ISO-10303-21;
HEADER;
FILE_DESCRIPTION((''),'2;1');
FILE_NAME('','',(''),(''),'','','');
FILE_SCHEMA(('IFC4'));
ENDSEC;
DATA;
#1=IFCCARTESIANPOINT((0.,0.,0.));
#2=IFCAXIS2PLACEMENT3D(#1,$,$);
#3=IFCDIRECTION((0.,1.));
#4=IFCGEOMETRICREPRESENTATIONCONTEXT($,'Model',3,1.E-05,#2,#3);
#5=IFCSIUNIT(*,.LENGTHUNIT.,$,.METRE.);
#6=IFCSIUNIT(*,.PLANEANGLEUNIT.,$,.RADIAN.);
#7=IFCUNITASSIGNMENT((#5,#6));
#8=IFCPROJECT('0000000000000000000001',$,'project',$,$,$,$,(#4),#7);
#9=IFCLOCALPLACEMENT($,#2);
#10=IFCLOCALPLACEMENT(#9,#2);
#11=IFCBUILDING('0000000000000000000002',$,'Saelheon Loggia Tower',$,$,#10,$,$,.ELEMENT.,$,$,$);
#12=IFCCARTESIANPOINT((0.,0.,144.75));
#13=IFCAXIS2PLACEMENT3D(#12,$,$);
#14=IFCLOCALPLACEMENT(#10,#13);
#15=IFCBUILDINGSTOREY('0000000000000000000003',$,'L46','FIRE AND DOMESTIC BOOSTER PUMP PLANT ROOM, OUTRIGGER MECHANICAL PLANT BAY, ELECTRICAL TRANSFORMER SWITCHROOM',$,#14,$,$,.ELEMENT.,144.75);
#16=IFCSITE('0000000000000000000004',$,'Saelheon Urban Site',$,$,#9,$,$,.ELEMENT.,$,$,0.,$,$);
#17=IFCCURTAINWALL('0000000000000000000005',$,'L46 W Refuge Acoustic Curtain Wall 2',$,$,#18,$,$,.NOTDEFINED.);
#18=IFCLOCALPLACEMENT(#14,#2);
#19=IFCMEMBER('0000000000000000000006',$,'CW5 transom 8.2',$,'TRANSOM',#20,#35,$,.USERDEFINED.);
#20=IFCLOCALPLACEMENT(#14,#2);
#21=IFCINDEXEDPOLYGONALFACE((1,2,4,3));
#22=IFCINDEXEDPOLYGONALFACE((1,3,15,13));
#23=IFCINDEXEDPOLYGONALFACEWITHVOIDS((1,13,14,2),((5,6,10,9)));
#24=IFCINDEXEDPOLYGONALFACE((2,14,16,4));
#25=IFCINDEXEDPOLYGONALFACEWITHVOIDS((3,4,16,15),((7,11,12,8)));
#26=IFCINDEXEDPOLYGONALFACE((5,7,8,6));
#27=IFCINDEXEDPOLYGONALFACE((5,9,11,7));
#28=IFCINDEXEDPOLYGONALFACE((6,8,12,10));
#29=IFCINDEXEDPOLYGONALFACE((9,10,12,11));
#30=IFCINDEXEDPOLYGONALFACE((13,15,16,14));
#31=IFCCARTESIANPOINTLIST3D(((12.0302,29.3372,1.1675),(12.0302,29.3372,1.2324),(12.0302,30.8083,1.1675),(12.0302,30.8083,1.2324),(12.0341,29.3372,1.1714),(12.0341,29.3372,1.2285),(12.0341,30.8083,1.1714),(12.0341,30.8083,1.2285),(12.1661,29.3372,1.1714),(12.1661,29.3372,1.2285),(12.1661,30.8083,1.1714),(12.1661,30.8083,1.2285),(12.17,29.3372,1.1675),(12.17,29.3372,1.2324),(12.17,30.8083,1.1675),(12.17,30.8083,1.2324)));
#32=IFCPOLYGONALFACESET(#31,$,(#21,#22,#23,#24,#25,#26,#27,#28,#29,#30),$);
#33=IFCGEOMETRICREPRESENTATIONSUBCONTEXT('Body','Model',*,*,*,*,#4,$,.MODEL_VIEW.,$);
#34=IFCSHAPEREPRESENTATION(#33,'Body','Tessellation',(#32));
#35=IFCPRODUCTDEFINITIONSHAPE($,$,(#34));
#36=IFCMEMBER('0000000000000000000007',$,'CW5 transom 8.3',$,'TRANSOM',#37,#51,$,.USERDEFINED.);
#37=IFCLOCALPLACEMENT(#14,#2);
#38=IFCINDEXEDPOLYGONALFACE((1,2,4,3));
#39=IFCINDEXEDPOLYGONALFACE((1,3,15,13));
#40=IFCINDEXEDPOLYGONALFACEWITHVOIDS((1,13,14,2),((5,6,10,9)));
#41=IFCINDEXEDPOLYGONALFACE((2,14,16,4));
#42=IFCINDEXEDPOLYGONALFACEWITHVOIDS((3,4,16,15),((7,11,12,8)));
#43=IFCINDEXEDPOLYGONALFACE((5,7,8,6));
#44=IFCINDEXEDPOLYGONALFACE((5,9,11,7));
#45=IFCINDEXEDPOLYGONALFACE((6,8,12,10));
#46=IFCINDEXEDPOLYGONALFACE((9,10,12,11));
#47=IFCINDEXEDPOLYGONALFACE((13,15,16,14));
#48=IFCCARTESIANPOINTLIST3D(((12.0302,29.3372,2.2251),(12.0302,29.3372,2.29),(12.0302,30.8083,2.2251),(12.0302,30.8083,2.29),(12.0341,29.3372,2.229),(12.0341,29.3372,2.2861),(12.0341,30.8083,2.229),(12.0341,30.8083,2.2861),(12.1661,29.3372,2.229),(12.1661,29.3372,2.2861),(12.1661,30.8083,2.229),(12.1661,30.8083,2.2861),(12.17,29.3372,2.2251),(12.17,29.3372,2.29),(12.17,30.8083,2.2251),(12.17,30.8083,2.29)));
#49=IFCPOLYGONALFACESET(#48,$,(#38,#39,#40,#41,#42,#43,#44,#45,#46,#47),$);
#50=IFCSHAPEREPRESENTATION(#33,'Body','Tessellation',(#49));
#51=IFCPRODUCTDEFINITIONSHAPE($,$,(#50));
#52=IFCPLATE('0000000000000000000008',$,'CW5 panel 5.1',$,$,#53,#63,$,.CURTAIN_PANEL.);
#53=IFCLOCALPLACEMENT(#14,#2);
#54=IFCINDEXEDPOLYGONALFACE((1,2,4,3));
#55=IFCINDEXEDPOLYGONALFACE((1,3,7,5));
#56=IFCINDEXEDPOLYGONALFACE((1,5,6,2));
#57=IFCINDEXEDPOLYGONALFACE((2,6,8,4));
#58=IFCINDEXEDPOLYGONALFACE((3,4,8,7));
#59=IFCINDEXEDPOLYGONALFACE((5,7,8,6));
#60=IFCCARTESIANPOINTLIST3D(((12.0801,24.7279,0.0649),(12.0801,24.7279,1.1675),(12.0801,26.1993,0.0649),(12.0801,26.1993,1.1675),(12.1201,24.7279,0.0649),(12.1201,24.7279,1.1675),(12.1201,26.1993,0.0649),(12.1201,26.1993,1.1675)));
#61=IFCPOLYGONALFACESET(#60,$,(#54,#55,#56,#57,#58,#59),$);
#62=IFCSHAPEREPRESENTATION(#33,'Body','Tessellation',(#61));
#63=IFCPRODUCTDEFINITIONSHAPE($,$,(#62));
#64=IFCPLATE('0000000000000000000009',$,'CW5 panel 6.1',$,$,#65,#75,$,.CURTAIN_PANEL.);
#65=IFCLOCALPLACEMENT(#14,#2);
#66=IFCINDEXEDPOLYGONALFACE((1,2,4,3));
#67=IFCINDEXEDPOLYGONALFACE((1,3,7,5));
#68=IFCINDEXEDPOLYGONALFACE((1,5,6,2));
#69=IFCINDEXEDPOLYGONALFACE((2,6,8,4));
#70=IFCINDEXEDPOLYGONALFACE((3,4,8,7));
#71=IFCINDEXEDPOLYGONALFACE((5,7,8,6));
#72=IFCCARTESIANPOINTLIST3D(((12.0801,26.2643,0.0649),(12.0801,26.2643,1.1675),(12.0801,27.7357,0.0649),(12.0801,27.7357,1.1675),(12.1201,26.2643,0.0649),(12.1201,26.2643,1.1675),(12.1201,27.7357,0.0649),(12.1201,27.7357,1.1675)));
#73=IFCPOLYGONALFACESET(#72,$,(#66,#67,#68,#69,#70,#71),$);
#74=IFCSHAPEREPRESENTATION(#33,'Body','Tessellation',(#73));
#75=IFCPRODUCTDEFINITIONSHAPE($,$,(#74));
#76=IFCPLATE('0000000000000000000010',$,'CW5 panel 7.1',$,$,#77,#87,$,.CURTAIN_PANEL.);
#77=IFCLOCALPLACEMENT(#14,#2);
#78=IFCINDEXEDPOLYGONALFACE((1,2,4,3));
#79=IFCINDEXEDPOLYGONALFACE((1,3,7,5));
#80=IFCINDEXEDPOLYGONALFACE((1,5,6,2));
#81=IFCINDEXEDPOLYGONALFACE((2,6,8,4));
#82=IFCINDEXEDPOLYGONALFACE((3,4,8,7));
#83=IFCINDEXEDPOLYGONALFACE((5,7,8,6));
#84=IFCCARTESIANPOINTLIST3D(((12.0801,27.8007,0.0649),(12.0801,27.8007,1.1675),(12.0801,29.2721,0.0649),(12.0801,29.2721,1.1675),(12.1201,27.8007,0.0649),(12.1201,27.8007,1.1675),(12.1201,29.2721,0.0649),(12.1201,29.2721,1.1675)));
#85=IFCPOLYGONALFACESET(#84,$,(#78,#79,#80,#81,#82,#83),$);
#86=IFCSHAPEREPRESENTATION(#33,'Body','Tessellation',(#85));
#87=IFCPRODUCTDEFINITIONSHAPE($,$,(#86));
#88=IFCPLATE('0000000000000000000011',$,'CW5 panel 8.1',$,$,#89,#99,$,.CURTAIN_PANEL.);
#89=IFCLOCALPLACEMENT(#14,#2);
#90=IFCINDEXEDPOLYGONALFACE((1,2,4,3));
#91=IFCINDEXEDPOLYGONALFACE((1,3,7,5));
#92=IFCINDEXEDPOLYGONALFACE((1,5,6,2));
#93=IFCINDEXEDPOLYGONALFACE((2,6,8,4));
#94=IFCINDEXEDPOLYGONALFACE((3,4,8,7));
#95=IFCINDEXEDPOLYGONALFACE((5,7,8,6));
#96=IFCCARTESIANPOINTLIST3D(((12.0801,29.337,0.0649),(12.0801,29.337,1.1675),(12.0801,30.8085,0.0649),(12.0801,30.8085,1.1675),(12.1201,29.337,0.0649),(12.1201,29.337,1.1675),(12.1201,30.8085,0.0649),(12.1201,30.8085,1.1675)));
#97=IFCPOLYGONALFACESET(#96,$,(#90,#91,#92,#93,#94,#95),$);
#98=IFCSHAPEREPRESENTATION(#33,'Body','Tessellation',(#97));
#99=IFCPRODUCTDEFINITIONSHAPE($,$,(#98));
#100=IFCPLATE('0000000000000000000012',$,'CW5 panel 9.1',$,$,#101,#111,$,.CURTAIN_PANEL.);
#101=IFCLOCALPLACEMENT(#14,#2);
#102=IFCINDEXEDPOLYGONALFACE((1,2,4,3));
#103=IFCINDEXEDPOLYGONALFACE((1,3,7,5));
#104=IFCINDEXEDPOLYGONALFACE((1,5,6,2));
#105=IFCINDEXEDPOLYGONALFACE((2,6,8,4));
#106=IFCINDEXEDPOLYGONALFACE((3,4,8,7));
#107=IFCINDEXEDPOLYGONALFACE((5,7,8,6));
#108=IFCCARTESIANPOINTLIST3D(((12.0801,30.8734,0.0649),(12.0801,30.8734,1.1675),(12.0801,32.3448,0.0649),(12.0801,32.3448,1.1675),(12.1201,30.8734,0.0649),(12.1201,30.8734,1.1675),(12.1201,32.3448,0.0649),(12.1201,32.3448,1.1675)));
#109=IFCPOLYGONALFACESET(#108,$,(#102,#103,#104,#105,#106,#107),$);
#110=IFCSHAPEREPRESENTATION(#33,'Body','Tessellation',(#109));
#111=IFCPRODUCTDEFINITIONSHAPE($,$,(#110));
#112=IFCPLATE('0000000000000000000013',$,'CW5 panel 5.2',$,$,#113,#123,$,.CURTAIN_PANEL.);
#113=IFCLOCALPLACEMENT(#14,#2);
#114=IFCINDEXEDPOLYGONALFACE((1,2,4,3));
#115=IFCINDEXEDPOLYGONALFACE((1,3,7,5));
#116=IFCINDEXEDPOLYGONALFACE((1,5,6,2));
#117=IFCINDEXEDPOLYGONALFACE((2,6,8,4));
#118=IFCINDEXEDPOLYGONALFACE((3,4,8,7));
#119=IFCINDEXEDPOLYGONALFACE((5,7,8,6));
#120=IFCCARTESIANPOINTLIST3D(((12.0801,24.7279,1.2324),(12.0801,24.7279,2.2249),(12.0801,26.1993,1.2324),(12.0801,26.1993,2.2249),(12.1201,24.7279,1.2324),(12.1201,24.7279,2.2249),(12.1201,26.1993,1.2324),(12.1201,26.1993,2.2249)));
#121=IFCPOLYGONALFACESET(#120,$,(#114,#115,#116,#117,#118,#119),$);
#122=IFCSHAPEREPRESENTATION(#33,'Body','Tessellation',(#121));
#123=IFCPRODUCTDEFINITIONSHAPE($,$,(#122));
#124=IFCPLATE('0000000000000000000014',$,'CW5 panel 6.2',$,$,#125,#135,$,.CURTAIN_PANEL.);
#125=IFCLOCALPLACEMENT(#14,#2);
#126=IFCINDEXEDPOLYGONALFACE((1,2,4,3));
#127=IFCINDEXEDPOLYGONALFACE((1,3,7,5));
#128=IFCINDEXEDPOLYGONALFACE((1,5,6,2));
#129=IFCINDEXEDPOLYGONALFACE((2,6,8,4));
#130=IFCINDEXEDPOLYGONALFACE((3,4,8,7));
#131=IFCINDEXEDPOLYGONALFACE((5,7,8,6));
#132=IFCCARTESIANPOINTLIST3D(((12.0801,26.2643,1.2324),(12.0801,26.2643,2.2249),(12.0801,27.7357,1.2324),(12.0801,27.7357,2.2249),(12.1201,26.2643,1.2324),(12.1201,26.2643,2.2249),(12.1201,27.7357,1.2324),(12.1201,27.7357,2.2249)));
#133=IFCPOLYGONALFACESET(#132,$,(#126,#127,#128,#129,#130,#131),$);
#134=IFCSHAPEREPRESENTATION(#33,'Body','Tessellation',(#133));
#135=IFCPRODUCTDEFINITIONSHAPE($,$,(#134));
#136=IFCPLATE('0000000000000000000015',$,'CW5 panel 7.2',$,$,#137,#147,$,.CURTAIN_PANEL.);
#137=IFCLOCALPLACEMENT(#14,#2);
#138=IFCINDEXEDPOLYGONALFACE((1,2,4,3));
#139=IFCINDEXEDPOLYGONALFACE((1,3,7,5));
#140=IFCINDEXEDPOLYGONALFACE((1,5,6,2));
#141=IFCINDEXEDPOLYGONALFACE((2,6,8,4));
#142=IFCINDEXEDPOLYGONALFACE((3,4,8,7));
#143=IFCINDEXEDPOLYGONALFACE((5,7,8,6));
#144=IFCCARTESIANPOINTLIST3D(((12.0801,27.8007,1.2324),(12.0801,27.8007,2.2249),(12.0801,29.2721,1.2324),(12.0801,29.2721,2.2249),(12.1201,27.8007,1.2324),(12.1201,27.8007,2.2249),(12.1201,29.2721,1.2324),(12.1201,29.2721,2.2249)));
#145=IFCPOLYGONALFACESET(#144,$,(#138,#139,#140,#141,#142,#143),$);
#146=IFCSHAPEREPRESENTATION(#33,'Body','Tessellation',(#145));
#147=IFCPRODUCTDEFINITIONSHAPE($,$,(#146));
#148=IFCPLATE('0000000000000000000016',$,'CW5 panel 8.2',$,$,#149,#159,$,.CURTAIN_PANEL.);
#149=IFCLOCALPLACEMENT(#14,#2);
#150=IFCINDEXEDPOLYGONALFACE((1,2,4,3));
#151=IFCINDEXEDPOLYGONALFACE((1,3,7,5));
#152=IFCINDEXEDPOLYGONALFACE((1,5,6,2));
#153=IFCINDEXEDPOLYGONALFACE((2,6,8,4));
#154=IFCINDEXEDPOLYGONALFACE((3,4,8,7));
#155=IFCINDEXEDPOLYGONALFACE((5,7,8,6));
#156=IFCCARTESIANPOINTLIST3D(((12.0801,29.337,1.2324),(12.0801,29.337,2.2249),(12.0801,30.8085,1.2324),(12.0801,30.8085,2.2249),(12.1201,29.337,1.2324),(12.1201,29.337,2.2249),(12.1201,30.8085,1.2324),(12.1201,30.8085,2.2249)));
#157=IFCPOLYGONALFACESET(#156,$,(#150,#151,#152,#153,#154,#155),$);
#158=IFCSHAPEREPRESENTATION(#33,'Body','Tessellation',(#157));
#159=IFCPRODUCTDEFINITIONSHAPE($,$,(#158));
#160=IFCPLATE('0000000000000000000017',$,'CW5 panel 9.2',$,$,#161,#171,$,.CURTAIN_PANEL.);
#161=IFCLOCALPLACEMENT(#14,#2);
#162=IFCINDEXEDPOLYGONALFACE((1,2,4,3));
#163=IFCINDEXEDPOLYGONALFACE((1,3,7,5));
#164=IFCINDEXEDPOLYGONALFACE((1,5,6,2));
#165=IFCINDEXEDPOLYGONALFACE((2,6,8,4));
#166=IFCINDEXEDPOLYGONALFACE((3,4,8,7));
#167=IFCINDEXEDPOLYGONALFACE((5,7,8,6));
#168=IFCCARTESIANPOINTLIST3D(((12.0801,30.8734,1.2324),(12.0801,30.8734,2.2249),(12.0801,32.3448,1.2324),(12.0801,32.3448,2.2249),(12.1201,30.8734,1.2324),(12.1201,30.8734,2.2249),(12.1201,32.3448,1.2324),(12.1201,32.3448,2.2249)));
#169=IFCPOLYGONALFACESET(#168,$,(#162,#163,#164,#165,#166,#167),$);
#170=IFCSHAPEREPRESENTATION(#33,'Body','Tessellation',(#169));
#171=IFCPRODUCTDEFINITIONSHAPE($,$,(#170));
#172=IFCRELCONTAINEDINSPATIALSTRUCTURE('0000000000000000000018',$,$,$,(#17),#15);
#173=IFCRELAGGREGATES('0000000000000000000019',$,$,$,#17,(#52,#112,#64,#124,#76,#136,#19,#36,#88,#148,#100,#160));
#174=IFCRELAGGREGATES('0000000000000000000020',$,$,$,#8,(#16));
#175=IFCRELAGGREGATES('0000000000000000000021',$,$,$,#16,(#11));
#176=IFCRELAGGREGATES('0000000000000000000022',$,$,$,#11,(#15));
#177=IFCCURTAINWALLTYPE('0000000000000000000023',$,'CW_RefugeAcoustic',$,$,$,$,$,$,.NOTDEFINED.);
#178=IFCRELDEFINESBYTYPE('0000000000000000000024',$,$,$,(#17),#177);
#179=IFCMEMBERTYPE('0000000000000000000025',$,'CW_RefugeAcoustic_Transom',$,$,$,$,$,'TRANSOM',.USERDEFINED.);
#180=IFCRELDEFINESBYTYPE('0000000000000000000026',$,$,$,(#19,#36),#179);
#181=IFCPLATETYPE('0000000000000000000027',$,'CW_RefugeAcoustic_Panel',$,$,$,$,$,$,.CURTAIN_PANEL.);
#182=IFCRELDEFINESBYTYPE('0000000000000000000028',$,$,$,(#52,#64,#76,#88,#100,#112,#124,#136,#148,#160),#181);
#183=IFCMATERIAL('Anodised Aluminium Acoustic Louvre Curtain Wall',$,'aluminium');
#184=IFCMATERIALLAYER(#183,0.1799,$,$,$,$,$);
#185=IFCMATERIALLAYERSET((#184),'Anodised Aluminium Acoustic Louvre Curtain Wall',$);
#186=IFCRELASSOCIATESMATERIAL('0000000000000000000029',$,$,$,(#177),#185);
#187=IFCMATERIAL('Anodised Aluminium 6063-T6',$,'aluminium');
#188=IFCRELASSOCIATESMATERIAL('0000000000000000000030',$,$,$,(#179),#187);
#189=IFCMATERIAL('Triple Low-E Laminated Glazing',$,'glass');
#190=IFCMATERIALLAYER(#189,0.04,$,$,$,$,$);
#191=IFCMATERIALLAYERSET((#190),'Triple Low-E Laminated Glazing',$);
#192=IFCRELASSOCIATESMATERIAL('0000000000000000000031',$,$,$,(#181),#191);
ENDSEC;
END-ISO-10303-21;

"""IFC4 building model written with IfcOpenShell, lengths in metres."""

from ifc_helpers import new_model, si_unit, direction, frame, origin, origin_2d, place, context, subcontext, project, spatial, rectangle, hollow_rectangle, extrude, source, transform, mapped, material, layer, layer_set, material_profile, profile_set, type_object, element, aggregate, save


model = new_model("IFC4")

# Units and contexts
model_context = context("Model", 3, precision=1e-05, world=origin(), true_north=direction((0.0, 1.0)))
body_context = subcontext(model_context, "Body", "Model", "MODEL_VIEW")
ifc_project = project(units=[si_unit("LENGTHUNIT", "METRE"), si_unit("PLANEANGLEUNIT", "RADIAN")], contexts=[model_context])

# Site, building, storey
site_placement = place(None, origin())
site = spatial("IfcSite", under=ifc_project, at=site_placement, Name="Saelheon Urban Site", CompositionType="ELEMENT", RefElevation=0.0)
building_placement = place(site_placement, origin())
building = spatial("IfcBuilding", under=site, at=building_placement, Name="Saelheon Loggia Tower", CompositionType="ELEMENT")
storey_placement = place(building_placement, frame((0.0, 0.0, 144.75)))
storey = spatial("IfcBuildingStorey", under=building, at=storey_placement, Name="L46", Description="FIRE AND DOMESTIC BOOSTER PUMP PLANT ROOM, OUTRIGGER MECHANICAL PLANT BAY, ELECTRICAL TRANSFORMER SWITCHROOM", CompositionType="ELEMENT", Elevation=144.75)

# Curtain wall, members, plates
ifc_material_1 = material(Name="Anodised Aluminium Acoustic Louvre Curtain Wall", Category="aluminium")
ifc_layer_1 = layer(ifc_material_1, 0.1799)
ifc_layer_set_1 = layer_set([ifc_layer_1], Name="Anodised Aluminium Acoustic Louvre Curtain Wall")
curtain_wall_type = type_object("IfcCurtainWallType", Name="CW_RefugeAcoustic", PredefinedType="NOTDEFINED", material=ifc_layer_set_1)
curtain_wall_placement = place(storey_placement, origin())
curtain_wall = element("IfcCurtainWall", 1, at=curtain_wall_placement, inside=storey, type_object=curtain_wall_type, Name="L46 W Refuge Acoustic Curtain Wall 2", PredefinedType="NOTDEFINED")
ifc_material_2 = material(Name="Anodised Aluminium 6063-T6", Category="aluminium")
ifc_material_profile_1 = material_profile(ifc_material_2, hollow_rectangle(XDim=0.0649, YDim=0.1399, WallThickness=0.0039, at=origin_2d()), Name="RHS-140x65x4")
ifc_profile_set_1 = profile_set([ifc_material_profile_1], Name="Anodised Aluminium 6063-T6")
member_type_1 = type_object("IfcMemberType", Name="CW_RefugeAcoustic_Transom", ElementType="TRANSOM", PredefinedType="USERDEFINED", material=ifc_profile_set_1)
shared_shape_1 = source(origin(), body_context, "Body", "SweptSolid", [
    extrude(hollow_rectangle(XDim=0.0649, YDim=0.1399, WallThickness=0.0039, at=origin_2d()), origin(), (0.0, 0.0, 1.0), 1.4712),
])
member_1_placement = place(storey_placement, frame((12.1001, 29.3372, 1.2), z_axis=(0.0, 1.0, 0.0), x_axis=(0.0, 0.0, 1.0)))
member_1 = element("IfcMember", 2, at=member_1_placement, type_object=member_type_1, Name="CW5 transom 8.2", ObjectType="TRANSOM", PredefinedType="USERDEFINED", context=body_context, shape_type="MappedRepresentation", body=[
    mapped(shared_shape_1, transform((0.0, 0.0, 0.0), scale=1.0)),
])
member_2_placement = place(storey_placement, frame((12.1001, 29.3372, 2.2576), z_axis=(0.0, 1.0, 0.0), x_axis=(0.0, 0.0, 1.0)))
member_2 = element("IfcMember", 3, at=member_2_placement, type_object=member_type_1, Name="CW5 transom 8.3", ObjectType="TRANSOM", PredefinedType="USERDEFINED", context=body_context, shape_type="MappedRepresentation", body=[
    mapped(shared_shape_1, transform((0.0, 0.0, 0.0), scale=1.0)),
])
ifc_material_3 = material(Name="Triple Low-E Laminated Glazing", Category="glass")
ifc_layer_2 = layer(ifc_material_3, 0.04)
ifc_layer_set_2 = layer_set([ifc_layer_2], Name="Triple Low-E Laminated Glazing")
plate_type = type_object("IfcPlateType", Name="CW_RefugeAcoustic_Panel", PredefinedType="CURTAIN_PANEL", material=ifc_layer_set_2)
shared_shape_2 = source(origin(), body_context, "Body", "SweptSolid", [
    extrude(rectangle(XDim=1.4714, YDim=0.04, at=origin_2d()), origin(), (0.0, 0.0, 1.0), 1.1025),
])
plate_1_placement = place(storey_placement, frame((12.1001, 25.4636, 0.0649), z_axis=(0.0, 0.0, 1.0), x_axis=(0.0, 1.0, 0.0)))
plate_1 = element("IfcPlate", 4, at=plate_1_placement, type_object=plate_type, Name="CW5 panel 5.1", PredefinedType="CURTAIN_PANEL", context=body_context, shape_type="MappedRepresentation", body=[
    mapped(shared_shape_2, transform((0.0, 0.0, 0.0), scale=1.0)),
])
plate_2_placement = place(storey_placement, frame((12.1001, 27.0, 0.0649), z_axis=(0.0, 0.0, 1.0), x_axis=(0.0, 1.0, 0.0)))
plate_2 = element("IfcPlate", 5, at=plate_2_placement, type_object=plate_type, Name="CW5 panel 6.1", PredefinedType="CURTAIN_PANEL", context=body_context, shape_type="MappedRepresentation", body=[
    mapped(shared_shape_2, transform((0.0, 0.0, 0.0), scale=1.0)),
])
plate_3_placement = place(storey_placement, frame((12.1001, 28.5364, 0.0649), z_axis=(0.0, 0.0, 1.0), x_axis=(0.0, 1.0, 0.0)))
plate_3 = element("IfcPlate", 6, at=plate_3_placement, type_object=plate_type, Name="CW5 panel 7.1", PredefinedType="CURTAIN_PANEL", context=body_context, shape_type="MappedRepresentation", body=[
    mapped(shared_shape_2, transform((0.0, 0.0, 0.0), scale=1.0)),
])
plate_4_placement = place(storey_placement, frame((12.1001, 30.0728, 0.0649), z_axis=(0.0, 0.0, 1.0), x_axis=(0.0, 1.0, 0.0)))
plate_4 = element("IfcPlate", 7, at=plate_4_placement, type_object=plate_type, Name="CW5 panel 8.1", PredefinedType="CURTAIN_PANEL", context=body_context, shape_type="MappedRepresentation", body=[
    mapped(shared_shape_2, transform((0.0, 0.0, 0.0), scale=1.0)),
])
plate_5_placement = place(storey_placement, frame((12.1001, 31.6091, 0.0649), z_axis=(0.0, 0.0, 1.0), x_axis=(0.0, 1.0, 0.0)))
plate_5 = element("IfcPlate", 8, at=plate_5_placement, type_object=plate_type, Name="CW5 panel 9.1", PredefinedType="CURTAIN_PANEL", context=body_context, shape_type="MappedRepresentation", body=[
    mapped(shared_shape_2, transform((0.0, 0.0, 0.0), scale=1.0)),
])
shared_shape_3 = source(origin(), body_context, "Body", "SweptSolid", [
    extrude(rectangle(XDim=1.4714, YDim=0.04, at=origin_2d()), origin(), (0.0, 0.0, 1.0), 0.9924),
])
plate_6_placement = place(storey_placement, frame((12.1001, 25.4636, 1.2324), z_axis=(0.0, 0.0, 1.0), x_axis=(0.0, 1.0, 0.0)))
plate_6 = element("IfcPlate", 9, at=plate_6_placement, type_object=plate_type, Name="CW5 panel 5.2", PredefinedType="CURTAIN_PANEL", context=body_context, shape_type="MappedRepresentation", body=[
    mapped(shared_shape_3, transform((0.0, 0.0, 0.0), scale=1.0)),
])
plate_7_placement = place(storey_placement, frame((12.1001, 27.0, 1.2324), z_axis=(0.0, 0.0, 1.0), x_axis=(0.0, 1.0, 0.0)))
plate_7 = element("IfcPlate", 10, at=plate_7_placement, type_object=plate_type, Name="CW5 panel 6.2", PredefinedType="CURTAIN_PANEL", context=body_context, shape_type="MappedRepresentation", body=[
    mapped(shared_shape_3, transform((0.0, 0.0, 0.0), scale=1.0)),
])
plate_8_placement = place(storey_placement, frame((12.1001, 28.5364, 1.2324), z_axis=(0.0, 0.0, 1.0), x_axis=(0.0, 1.0, 0.0)))
plate_8 = element("IfcPlate", 11, at=plate_8_placement, type_object=plate_type, Name="CW5 panel 7.2", PredefinedType="CURTAIN_PANEL", context=body_context, shape_type="MappedRepresentation", body=[
    mapped(shared_shape_3, transform((0.0, 0.0, 0.0), scale=1.0)),
])
plate_9_placement = place(storey_placement, frame((12.1001, 30.0728, 1.2324), z_axis=(0.0, 0.0, 1.0), x_axis=(0.0, 1.0, 0.0)))
plate_9 = element("IfcPlate", 12, at=plate_9_placement, type_object=plate_type, Name="CW5 panel 8.2", PredefinedType="CURTAIN_PANEL", context=body_context, shape_type="MappedRepresentation", body=[
    mapped(shared_shape_3, transform((0.0, 0.0, 0.0), scale=1.0)),
])
plate_10_placement = place(storey_placement, frame((12.1001, 31.6091, 1.2324), z_axis=(0.0, 0.0, 1.0), x_axis=(0.0, 1.0, 0.0)))
plate_10 = element("IfcPlate", 13, at=plate_10_placement, type_object=plate_type, Name="CW5 panel 9.2", PredefinedType="CURTAIN_PANEL", context=body_context, shape_type="MappedRepresentation", body=[
    mapped(shared_shape_3, transform((0.0, 0.0, 0.0), scale=1.0)),
])
aggregate(curtain_wall, [plate_1, plate_6, plate_2, plate_7, plate_3, plate_8, member_1, member_2, plate_4, plate_9, plate_5, plate_10])

save(model, "model.ifc")
